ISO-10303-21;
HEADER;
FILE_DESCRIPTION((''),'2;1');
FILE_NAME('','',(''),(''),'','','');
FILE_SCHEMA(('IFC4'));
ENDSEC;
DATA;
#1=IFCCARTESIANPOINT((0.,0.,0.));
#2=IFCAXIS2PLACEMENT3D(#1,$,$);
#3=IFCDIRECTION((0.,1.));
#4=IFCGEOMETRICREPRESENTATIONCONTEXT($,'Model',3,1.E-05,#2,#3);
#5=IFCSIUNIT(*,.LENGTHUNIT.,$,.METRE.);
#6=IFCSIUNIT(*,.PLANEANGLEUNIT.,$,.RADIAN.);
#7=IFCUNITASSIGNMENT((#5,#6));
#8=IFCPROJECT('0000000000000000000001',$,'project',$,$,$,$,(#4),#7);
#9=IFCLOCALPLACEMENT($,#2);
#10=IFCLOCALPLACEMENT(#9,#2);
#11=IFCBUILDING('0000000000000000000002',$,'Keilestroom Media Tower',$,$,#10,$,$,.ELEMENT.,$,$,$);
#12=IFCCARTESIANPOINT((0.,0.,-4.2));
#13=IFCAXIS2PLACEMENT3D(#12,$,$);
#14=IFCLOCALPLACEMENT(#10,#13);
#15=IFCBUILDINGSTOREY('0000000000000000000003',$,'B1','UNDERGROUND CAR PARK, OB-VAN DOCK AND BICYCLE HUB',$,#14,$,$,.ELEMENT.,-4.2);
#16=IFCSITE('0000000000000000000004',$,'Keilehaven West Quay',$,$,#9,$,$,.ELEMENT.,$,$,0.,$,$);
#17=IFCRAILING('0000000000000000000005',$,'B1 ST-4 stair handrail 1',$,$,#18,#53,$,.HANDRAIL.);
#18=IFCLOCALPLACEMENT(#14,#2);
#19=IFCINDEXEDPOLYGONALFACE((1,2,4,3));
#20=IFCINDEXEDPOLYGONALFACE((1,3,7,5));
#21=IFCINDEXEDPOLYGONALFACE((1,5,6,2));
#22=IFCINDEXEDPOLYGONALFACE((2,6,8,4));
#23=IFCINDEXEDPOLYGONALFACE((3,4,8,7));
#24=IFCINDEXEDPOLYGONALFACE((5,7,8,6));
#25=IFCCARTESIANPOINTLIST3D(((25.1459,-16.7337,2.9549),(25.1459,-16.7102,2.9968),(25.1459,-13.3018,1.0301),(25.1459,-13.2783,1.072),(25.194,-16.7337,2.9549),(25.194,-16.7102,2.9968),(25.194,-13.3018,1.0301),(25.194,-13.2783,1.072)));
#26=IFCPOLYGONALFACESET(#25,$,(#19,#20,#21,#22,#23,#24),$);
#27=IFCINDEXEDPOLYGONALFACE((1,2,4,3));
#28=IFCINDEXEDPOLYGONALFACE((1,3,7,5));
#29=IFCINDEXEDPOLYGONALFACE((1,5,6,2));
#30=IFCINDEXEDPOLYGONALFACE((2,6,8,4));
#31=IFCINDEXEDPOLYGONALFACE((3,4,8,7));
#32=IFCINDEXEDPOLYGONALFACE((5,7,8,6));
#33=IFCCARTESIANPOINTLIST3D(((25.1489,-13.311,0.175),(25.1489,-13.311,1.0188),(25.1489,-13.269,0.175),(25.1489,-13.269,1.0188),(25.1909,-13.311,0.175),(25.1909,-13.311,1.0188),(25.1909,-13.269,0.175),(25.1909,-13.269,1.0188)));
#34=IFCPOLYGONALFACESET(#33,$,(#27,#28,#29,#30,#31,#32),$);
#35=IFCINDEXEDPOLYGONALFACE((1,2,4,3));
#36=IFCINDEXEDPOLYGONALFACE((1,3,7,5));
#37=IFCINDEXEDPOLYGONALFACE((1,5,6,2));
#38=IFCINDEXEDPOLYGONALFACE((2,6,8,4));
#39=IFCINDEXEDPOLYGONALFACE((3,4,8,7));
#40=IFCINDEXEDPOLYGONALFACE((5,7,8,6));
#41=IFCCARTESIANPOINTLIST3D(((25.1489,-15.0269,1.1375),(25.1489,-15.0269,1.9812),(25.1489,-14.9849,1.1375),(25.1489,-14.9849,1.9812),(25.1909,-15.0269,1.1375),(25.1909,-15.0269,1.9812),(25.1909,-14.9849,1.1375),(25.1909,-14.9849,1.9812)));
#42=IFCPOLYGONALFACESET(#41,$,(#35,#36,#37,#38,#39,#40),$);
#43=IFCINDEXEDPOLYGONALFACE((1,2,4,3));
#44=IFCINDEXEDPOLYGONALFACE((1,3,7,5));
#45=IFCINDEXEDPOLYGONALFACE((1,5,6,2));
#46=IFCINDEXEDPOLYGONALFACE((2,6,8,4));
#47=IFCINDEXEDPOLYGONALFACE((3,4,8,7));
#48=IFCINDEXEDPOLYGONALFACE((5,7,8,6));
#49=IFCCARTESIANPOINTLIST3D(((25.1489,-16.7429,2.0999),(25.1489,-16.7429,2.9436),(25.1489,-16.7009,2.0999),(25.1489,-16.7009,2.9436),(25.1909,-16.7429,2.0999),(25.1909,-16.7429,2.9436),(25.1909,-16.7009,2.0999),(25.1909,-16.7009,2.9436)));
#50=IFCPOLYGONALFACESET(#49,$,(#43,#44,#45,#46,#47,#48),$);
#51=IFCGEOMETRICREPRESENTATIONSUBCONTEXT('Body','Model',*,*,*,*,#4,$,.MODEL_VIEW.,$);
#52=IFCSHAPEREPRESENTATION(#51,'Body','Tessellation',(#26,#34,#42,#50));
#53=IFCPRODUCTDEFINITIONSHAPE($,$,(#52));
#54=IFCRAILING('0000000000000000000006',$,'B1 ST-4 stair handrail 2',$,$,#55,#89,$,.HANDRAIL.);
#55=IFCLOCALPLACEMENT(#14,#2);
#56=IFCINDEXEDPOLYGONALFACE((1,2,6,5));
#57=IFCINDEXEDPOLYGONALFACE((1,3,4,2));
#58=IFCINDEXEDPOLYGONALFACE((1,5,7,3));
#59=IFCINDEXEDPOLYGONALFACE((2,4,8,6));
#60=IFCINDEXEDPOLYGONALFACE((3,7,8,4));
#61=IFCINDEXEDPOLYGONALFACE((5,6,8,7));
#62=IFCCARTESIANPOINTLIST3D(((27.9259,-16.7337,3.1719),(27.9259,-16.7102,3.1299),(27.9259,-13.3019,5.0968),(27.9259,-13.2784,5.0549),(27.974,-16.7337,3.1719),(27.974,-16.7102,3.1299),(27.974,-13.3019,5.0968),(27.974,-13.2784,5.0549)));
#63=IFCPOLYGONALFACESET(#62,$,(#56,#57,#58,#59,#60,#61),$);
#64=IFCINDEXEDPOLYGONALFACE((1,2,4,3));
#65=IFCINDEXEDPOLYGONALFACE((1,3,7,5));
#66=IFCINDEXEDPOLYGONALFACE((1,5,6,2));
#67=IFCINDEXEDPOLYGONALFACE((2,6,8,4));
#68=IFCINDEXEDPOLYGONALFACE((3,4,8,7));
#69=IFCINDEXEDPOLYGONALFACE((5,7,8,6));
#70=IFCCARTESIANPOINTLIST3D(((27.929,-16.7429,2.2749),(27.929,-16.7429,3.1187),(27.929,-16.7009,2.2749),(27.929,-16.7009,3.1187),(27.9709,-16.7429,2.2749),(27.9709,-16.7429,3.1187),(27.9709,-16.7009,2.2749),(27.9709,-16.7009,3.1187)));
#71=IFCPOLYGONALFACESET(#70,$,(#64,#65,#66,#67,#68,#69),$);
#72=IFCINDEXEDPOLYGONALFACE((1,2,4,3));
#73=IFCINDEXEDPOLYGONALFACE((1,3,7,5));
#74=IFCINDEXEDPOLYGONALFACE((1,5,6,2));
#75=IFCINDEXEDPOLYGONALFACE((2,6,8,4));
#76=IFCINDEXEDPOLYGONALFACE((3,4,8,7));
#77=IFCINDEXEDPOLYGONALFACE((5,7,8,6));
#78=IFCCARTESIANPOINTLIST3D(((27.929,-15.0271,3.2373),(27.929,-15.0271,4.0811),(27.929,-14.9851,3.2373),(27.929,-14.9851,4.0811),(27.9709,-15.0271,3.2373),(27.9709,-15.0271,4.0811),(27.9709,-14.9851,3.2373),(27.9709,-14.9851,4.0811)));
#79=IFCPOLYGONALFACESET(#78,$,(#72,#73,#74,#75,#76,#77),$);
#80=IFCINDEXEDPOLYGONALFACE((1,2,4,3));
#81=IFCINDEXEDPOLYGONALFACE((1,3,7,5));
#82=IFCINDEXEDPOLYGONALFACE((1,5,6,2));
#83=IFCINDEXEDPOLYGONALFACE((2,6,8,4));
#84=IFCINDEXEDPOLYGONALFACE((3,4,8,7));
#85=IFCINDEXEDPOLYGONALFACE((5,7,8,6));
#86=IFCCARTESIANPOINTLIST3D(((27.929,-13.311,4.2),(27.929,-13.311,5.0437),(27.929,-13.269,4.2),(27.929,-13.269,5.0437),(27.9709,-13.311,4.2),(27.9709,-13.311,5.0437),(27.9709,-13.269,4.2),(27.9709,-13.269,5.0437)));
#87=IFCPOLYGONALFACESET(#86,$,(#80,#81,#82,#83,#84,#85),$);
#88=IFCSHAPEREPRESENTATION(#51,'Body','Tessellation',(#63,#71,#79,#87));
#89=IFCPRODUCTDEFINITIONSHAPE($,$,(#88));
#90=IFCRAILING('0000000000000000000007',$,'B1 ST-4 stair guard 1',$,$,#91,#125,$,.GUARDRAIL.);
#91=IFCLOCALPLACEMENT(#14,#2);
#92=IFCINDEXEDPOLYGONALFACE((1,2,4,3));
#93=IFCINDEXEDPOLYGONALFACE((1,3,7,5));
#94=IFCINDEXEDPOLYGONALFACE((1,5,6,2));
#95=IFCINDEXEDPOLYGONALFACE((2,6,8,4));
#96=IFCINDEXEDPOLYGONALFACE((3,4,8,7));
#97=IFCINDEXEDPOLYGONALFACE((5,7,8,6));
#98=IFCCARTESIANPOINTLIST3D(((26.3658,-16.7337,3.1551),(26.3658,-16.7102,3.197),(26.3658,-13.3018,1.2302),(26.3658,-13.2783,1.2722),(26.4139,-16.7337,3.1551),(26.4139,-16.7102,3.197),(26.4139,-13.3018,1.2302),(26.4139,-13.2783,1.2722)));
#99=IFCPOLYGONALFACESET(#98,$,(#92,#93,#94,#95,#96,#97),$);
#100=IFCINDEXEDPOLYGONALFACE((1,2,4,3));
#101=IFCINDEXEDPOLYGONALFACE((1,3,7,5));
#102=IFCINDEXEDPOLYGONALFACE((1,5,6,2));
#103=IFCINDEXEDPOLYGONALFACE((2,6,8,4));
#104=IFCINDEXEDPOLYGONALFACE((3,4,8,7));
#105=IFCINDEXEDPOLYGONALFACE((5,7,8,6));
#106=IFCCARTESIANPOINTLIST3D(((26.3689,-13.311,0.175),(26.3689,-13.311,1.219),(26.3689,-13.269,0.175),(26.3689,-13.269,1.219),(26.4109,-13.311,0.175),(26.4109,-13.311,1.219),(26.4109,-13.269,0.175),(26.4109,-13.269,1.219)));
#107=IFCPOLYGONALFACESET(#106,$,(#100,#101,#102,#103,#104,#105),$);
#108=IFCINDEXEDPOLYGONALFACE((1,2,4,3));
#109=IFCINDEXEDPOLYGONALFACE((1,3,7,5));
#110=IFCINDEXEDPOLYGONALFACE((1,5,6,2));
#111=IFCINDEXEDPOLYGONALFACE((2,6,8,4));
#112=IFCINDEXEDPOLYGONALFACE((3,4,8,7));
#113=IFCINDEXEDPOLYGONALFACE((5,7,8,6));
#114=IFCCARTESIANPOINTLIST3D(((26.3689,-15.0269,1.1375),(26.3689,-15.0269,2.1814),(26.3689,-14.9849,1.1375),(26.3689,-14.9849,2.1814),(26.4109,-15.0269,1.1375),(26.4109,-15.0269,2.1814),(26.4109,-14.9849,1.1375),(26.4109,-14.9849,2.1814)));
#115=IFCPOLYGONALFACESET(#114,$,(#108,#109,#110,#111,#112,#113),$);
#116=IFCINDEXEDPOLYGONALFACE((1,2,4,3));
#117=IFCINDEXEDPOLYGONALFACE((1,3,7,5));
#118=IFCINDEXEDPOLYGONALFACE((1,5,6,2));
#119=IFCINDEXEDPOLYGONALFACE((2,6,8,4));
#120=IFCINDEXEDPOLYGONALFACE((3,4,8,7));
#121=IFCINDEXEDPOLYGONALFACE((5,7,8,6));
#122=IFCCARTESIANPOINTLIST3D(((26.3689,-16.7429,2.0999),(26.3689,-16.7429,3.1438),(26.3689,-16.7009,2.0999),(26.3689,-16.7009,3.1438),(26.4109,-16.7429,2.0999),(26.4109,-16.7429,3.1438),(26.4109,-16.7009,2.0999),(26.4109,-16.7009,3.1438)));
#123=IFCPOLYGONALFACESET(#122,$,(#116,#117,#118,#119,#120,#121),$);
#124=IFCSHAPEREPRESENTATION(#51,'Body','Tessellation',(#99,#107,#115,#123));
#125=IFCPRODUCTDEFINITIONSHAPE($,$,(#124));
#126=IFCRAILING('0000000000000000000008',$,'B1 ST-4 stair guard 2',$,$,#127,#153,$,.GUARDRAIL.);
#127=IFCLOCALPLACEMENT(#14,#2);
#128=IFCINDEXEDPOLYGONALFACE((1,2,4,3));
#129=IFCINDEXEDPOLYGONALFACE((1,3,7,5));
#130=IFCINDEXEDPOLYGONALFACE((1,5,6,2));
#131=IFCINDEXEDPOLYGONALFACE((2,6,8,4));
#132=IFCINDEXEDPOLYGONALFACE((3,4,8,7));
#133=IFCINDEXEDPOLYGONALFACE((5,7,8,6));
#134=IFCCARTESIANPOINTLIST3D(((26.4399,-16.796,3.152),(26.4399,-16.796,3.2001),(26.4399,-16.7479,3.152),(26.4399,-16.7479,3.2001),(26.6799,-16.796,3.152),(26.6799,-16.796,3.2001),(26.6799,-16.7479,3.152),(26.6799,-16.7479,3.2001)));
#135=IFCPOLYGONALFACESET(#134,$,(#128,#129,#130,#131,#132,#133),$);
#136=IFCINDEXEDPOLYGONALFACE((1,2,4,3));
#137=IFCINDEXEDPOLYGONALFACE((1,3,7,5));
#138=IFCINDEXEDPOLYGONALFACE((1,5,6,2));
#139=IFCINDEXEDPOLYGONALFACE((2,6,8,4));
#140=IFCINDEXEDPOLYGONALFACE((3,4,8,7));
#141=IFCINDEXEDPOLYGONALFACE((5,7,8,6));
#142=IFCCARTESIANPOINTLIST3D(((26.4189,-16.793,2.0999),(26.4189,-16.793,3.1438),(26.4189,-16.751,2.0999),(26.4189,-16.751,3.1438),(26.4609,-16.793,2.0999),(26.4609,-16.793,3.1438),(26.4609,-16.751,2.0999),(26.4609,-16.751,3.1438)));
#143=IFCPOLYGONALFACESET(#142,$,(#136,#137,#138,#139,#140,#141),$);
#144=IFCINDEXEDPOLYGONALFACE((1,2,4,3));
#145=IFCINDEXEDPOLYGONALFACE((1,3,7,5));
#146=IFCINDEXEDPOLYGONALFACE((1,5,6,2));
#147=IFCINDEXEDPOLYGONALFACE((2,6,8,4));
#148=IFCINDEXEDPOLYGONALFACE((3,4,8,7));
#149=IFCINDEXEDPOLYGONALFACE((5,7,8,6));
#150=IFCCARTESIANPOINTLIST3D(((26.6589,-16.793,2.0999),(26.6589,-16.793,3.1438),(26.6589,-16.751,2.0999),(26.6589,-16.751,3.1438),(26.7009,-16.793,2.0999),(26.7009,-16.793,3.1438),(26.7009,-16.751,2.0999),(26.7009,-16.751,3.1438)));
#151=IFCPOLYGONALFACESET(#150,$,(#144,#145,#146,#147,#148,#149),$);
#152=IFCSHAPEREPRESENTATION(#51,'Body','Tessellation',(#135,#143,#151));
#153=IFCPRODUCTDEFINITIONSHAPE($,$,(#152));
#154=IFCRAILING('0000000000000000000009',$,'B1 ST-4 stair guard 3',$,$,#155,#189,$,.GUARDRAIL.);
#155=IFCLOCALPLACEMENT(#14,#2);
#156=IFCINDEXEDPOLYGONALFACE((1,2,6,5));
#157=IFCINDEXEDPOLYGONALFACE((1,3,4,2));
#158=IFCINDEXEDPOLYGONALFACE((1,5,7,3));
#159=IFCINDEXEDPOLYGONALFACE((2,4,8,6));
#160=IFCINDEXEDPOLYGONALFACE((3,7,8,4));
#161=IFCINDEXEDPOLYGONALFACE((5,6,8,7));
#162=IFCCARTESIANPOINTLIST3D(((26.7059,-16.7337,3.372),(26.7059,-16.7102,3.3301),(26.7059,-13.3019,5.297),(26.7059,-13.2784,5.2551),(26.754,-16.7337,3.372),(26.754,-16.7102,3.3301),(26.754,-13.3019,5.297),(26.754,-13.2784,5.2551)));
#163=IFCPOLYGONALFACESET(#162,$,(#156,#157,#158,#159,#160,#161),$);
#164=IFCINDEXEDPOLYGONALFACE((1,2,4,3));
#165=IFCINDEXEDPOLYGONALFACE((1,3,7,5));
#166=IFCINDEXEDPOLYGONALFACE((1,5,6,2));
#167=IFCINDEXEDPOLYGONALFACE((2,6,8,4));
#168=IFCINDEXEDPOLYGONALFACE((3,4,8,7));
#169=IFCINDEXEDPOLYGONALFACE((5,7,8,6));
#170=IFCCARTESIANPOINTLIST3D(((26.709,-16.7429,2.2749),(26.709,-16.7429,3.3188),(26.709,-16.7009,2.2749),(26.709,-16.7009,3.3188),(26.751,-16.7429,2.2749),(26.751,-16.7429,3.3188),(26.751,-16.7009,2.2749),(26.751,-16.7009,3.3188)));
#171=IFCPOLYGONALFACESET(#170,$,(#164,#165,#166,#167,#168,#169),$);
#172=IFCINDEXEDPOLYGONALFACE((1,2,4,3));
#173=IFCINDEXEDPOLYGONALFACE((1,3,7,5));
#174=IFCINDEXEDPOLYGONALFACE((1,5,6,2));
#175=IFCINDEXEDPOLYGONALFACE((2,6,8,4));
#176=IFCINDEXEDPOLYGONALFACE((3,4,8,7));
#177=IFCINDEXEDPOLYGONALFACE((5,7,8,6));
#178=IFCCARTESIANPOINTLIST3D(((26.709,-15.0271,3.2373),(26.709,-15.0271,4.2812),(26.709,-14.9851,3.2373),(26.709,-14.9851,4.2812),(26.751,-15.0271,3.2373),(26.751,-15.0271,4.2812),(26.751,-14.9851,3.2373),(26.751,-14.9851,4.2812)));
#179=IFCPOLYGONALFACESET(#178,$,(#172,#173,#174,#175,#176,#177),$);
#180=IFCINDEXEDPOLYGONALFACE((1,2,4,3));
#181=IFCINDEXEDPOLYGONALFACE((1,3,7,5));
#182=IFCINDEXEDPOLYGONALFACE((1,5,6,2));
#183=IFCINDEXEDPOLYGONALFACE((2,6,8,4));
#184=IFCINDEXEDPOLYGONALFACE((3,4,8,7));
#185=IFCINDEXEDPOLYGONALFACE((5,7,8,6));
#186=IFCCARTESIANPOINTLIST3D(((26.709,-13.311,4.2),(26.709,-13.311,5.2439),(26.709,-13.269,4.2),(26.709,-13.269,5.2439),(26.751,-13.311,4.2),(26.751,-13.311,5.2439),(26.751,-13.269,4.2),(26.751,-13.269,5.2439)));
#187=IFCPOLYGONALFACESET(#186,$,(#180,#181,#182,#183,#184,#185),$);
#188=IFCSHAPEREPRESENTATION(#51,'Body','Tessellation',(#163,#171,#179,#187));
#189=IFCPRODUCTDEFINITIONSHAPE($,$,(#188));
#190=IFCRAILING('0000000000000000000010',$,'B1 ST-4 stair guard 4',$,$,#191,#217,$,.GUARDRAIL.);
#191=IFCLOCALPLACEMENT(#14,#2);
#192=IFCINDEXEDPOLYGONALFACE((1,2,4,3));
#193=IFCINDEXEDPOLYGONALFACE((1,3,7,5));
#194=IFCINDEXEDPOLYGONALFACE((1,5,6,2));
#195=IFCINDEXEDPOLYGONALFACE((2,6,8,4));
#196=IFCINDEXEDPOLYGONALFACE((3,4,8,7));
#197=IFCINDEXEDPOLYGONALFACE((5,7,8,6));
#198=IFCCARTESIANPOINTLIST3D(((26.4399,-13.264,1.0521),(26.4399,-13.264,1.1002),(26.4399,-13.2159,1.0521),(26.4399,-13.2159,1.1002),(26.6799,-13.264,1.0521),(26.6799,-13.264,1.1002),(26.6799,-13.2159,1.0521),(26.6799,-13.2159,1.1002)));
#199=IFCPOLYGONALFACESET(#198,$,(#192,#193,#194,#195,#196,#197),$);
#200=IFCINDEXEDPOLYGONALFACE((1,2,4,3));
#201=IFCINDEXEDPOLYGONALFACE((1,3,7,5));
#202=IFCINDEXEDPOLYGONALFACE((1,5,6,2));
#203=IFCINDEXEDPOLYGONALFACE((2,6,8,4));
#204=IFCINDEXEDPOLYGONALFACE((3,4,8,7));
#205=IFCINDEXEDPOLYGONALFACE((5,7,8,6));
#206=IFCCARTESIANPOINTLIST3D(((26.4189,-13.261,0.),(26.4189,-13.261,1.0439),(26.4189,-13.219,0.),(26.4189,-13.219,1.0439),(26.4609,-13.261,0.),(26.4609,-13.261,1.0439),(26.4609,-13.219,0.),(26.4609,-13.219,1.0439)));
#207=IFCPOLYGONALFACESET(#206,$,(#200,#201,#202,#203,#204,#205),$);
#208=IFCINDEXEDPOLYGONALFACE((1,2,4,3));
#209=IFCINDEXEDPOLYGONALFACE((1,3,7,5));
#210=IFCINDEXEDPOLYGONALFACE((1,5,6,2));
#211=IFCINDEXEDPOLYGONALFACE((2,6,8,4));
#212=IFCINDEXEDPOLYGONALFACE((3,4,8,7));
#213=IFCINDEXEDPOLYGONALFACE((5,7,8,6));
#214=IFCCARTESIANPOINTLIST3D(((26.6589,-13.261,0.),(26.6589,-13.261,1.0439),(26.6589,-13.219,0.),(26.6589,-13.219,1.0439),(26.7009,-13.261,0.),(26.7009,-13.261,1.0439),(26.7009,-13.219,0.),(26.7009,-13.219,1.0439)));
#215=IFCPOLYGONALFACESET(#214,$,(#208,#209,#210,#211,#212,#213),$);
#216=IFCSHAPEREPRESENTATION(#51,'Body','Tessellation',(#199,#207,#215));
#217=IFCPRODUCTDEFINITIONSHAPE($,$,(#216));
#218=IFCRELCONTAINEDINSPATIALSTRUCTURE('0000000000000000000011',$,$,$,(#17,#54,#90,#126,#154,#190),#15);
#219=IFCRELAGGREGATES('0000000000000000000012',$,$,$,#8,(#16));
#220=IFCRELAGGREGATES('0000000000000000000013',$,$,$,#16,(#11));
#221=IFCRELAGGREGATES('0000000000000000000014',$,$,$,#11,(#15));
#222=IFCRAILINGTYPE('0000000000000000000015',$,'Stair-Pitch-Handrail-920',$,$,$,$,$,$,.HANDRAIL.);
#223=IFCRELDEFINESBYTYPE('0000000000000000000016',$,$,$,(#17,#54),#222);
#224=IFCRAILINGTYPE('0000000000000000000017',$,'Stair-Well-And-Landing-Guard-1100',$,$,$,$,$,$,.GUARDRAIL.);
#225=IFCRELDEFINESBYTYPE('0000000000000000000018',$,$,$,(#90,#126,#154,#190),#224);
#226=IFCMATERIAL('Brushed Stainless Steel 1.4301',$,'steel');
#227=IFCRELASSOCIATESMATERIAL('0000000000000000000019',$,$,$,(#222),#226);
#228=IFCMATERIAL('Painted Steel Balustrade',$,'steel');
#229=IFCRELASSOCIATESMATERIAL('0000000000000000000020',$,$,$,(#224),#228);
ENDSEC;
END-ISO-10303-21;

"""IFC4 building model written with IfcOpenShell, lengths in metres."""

from ifc_helpers import new_model, si_unit, direction, frame, origin, origin_2d, place, context, subcontext, project, spatial, rectangle, extrude, material, type_object, element, save


model = new_model("IFC4")

# Units and contexts
model_context = context("Model", 3, precision=1e-05, world=origin(), true_north=direction((0.0, 1.0)))
body_context = subcontext(model_context, "Body", "Model", "MODEL_VIEW")
ifc_project = project(units=[si_unit("LENGTHUNIT", "METRE"), si_unit("PLANEANGLEUNIT", "RADIAN")], contexts=[model_context])

# Site, building, storey
site_placement = place(None, origin())
site = spatial("IfcSite", under=ifc_project, at=site_placement, Name="Keilehaven West Quay", CompositionType="ELEMENT", RefElevation=0.0)
building_placement = place(site_placement, origin())
building = spatial("IfcBuilding", under=site, at=building_placement, Name="Keilestroom Media Tower", CompositionType="ELEMENT")
storey_placement = place(building_placement, frame((0.0, 0.0, -4.2)))
storey = spatial("IfcBuildingStorey", under=building, at=storey_placement, Name="B1", Description="UNDERGROUND CAR PARK, OB-VAN DOCK AND BICYCLE HUB", CompositionType="ELEMENT", Elevation=-4.2)

# Railings
ifc_material_1 = material(Name="Brushed Stainless Steel 1.4301", Category="steel")
railing_type_1 = type_object("IfcRailingType", Name="Stair-Pitch-Handrail-920", PredefinedType="HANDRAIL", material=ifc_material_1)
railing_1_placement = place(storey_placement, frame((25.1699, -13.29, 0.175)))
element("IfcRailing", 1, at=railing_1_placement, inside=storey, type_object=railing_type_1, Name="B1 ST-4 stair handrail 1", PredefinedType="HANDRAIL", context=body_context, shape_type="SweptSolid", body=[
    extrude(rectangle(XDim=0.0481, YDim=0.0481, at=origin_2d()), frame((0.0, 0.0, 0.876), z_axis=(0.0, -0.872186, 0.489174), x_axis=(1.0, 0.0, 0.0)), (0.0, 0.0, 1.0), 3.9348),
    extrude(rectangle(XDim=0.042, YDim=0.042, at=origin_2d()), origin(), (0.0, 0.0, 1.0), 0.8438),
    extrude(rectangle(XDim=0.042, YDim=0.042, at=origin_2d()), frame((0.0, -1.7158, 0.9624)), (0.0, 0.0, 1.0), 0.8438),
    extrude(rectangle(XDim=0.042, YDim=0.042, at=origin_2d()), frame((0.0, -3.4319, 1.9248)), (0.0, 0.0, 1.0), 0.8438),
])
railing_2_placement = place(storey_placement, frame((27.95, -16.7219, 2.2749)))
element("IfcRailing", 2, at=railing_2_placement, inside=storey, type_object=railing_type_1, Name="B1 ST-4 stair handrail 2", PredefinedType="HANDRAIL", context=body_context, shape_type="SweptSolid", body=[
    extrude(rectangle(XDim=0.0481, YDim=0.0481, at=origin_2d()), frame((0.0, 0.0, 0.876), z_axis=(0.0, 0.87216, 0.489221), x_axis=(-1.0, 0.0, 0.0)), (0.0, 0.0, 1.0), 3.9348),
    extrude(rectangle(XDim=0.042, YDim=0.042, at=origin_2d()), origin(), (0.0, 0.0, 1.0), 0.8438),
    extrude(rectangle(XDim=0.042, YDim=0.042, at=origin_2d()), frame((0.0, 1.7158, 0.9624)), (0.0, 0.0, 1.0), 0.8438),
    extrude(rectangle(XDim=0.042, YDim=0.042, at=origin_2d()), frame((0.0, 3.4319, 1.925)), (0.0, 0.0, 1.0), 0.8438),
])
ifc_material_2 = material(Name="Painted Steel Balustrade", Category="steel")
railing_type_2 = type_object("IfcRailingType", Name="Stair-Well-And-Landing-Guard-1100", PredefinedType="GUARDRAIL", material=ifc_material_2)
railing_3_placement = place(storey_placement, frame((26.3899, -13.29, 0.175)))
element("IfcRailing", 3, at=railing_3_placement, inside=storey, type_object=railing_type_2, Name="B1 ST-4 stair guard 1", PredefinedType="GUARDRAIL", context=body_context, shape_type="SweptSolid", body=[
    extrude(rectangle(XDim=0.0481, YDim=0.0481, at=origin_2d()), frame((0.0, 0.0, 1.0762), z_axis=(0.0, -0.872186, 0.489174), x_axis=(1.0, 0.0, 0.0)), (0.0, 0.0, 1.0), 3.9348),
    extrude(rectangle(XDim=0.042, YDim=0.042, at=origin_2d()), origin(), (0.0, 0.0, 1.0), 1.0439),
    extrude(rectangle(XDim=0.042, YDim=0.042, at=origin_2d()), frame((0.0, -1.7158, 0.9624)), (0.0, 0.0, 1.0), 1.0439),
    extrude(rectangle(XDim=0.042, YDim=0.042, at=origin_2d()), frame((0.0, -3.4319, 1.9248)), (0.0, 0.0, 1.0), 1.0439),
])
railing_4_placement = place(storey_placement, frame((26.4399, -16.772, 2.0999)))
element("IfcRailing", 4, at=railing_4_placement, inside=storey, type_object=railing_type_2, Name="B1 ST-4 stair guard 2", PredefinedType="GUARDRAIL", context=body_context, shape_type="SweptSolid", body=[
    extrude(rectangle(XDim=0.0481, YDim=0.0481, at=origin_2d()), frame((0.0, 0.0, 1.0762), z_axis=(1.0, 0.0, 0.0), x_axis=(0.0, 1.0, 0.0)), (0.0, 0.0, 1.0), 0.24),
    extrude(rectangle(XDim=0.042, YDim=0.042, at=origin_2d()), origin(), (0.0, 0.0, 1.0), 1.0439),
    extrude(rectangle(XDim=0.042, YDim=0.042, at=origin_2d()), frame((0.24, 0.0, 0.0)), (0.0, 0.0, 1.0), 1.0439),
])
railing_5_placement = place(storey_placement, frame((26.73, -16.7219, 2.2749)))
element("IfcRailing", 5, at=railing_5_placement, inside=storey, type_object=railing_type_2, Name="B1 ST-4 stair guard 3", PredefinedType="GUARDRAIL", context=body_context, shape_type="SweptSolid", body=[
    extrude(rectangle(XDim=0.0481, YDim=0.0481, at=origin_2d()), frame((0.0, 0.0, 1.0762), z_axis=(0.0, 0.87216, 0.489221), x_axis=(-1.0, 0.0, 0.0)), (0.0, 0.0, 1.0), 3.9348),
    extrude(rectangle(XDim=0.042, YDim=0.042, at=origin_2d()), origin(), (0.0, 0.0, 1.0), 1.0439),
    extrude(rectangle(XDim=0.042, YDim=0.042, at=origin_2d()), frame((0.0, 1.7158, 0.9624)), (0.0, 0.0, 1.0), 1.0439),
    extrude(rectangle(XDim=0.042, YDim=0.042, at=origin_2d()), frame((0.0, 3.4319, 1.925)), (0.0, 0.0, 1.0), 1.0439),
])
railing_6_placement = place(storey_placement, frame((26.4399, -13.24, 0.0)))
element("IfcRailing", 6, at=railing_6_placement, inside=storey, type_object=railing_type_2, Name="B1 ST-4 stair guard 4", PredefinedType="GUARDRAIL", context=body_context, shape_type="SweptSolid", body=[
    extrude(rectangle(XDim=0.0481, YDim=0.0481, at=origin_2d()), frame((0.0, 0.0, 1.0762), z_axis=(1.0, 0.0, 0.0), x_axis=(0.0, 1.0, 0.0)), (0.0, 0.0, 1.0), 0.24),
    extrude(rectangle(XDim=0.042, YDim=0.042, at=origin_2d()), origin(), (0.0, 0.0, 1.0), 1.0439),
    extrude(rectangle(XDim=0.042, YDim=0.042, at=origin_2d()), frame((0.24, 0.0, 0.0)), (0.0, 0.0, 1.0), 1.0439),
])

save(model, "model.ifc")
